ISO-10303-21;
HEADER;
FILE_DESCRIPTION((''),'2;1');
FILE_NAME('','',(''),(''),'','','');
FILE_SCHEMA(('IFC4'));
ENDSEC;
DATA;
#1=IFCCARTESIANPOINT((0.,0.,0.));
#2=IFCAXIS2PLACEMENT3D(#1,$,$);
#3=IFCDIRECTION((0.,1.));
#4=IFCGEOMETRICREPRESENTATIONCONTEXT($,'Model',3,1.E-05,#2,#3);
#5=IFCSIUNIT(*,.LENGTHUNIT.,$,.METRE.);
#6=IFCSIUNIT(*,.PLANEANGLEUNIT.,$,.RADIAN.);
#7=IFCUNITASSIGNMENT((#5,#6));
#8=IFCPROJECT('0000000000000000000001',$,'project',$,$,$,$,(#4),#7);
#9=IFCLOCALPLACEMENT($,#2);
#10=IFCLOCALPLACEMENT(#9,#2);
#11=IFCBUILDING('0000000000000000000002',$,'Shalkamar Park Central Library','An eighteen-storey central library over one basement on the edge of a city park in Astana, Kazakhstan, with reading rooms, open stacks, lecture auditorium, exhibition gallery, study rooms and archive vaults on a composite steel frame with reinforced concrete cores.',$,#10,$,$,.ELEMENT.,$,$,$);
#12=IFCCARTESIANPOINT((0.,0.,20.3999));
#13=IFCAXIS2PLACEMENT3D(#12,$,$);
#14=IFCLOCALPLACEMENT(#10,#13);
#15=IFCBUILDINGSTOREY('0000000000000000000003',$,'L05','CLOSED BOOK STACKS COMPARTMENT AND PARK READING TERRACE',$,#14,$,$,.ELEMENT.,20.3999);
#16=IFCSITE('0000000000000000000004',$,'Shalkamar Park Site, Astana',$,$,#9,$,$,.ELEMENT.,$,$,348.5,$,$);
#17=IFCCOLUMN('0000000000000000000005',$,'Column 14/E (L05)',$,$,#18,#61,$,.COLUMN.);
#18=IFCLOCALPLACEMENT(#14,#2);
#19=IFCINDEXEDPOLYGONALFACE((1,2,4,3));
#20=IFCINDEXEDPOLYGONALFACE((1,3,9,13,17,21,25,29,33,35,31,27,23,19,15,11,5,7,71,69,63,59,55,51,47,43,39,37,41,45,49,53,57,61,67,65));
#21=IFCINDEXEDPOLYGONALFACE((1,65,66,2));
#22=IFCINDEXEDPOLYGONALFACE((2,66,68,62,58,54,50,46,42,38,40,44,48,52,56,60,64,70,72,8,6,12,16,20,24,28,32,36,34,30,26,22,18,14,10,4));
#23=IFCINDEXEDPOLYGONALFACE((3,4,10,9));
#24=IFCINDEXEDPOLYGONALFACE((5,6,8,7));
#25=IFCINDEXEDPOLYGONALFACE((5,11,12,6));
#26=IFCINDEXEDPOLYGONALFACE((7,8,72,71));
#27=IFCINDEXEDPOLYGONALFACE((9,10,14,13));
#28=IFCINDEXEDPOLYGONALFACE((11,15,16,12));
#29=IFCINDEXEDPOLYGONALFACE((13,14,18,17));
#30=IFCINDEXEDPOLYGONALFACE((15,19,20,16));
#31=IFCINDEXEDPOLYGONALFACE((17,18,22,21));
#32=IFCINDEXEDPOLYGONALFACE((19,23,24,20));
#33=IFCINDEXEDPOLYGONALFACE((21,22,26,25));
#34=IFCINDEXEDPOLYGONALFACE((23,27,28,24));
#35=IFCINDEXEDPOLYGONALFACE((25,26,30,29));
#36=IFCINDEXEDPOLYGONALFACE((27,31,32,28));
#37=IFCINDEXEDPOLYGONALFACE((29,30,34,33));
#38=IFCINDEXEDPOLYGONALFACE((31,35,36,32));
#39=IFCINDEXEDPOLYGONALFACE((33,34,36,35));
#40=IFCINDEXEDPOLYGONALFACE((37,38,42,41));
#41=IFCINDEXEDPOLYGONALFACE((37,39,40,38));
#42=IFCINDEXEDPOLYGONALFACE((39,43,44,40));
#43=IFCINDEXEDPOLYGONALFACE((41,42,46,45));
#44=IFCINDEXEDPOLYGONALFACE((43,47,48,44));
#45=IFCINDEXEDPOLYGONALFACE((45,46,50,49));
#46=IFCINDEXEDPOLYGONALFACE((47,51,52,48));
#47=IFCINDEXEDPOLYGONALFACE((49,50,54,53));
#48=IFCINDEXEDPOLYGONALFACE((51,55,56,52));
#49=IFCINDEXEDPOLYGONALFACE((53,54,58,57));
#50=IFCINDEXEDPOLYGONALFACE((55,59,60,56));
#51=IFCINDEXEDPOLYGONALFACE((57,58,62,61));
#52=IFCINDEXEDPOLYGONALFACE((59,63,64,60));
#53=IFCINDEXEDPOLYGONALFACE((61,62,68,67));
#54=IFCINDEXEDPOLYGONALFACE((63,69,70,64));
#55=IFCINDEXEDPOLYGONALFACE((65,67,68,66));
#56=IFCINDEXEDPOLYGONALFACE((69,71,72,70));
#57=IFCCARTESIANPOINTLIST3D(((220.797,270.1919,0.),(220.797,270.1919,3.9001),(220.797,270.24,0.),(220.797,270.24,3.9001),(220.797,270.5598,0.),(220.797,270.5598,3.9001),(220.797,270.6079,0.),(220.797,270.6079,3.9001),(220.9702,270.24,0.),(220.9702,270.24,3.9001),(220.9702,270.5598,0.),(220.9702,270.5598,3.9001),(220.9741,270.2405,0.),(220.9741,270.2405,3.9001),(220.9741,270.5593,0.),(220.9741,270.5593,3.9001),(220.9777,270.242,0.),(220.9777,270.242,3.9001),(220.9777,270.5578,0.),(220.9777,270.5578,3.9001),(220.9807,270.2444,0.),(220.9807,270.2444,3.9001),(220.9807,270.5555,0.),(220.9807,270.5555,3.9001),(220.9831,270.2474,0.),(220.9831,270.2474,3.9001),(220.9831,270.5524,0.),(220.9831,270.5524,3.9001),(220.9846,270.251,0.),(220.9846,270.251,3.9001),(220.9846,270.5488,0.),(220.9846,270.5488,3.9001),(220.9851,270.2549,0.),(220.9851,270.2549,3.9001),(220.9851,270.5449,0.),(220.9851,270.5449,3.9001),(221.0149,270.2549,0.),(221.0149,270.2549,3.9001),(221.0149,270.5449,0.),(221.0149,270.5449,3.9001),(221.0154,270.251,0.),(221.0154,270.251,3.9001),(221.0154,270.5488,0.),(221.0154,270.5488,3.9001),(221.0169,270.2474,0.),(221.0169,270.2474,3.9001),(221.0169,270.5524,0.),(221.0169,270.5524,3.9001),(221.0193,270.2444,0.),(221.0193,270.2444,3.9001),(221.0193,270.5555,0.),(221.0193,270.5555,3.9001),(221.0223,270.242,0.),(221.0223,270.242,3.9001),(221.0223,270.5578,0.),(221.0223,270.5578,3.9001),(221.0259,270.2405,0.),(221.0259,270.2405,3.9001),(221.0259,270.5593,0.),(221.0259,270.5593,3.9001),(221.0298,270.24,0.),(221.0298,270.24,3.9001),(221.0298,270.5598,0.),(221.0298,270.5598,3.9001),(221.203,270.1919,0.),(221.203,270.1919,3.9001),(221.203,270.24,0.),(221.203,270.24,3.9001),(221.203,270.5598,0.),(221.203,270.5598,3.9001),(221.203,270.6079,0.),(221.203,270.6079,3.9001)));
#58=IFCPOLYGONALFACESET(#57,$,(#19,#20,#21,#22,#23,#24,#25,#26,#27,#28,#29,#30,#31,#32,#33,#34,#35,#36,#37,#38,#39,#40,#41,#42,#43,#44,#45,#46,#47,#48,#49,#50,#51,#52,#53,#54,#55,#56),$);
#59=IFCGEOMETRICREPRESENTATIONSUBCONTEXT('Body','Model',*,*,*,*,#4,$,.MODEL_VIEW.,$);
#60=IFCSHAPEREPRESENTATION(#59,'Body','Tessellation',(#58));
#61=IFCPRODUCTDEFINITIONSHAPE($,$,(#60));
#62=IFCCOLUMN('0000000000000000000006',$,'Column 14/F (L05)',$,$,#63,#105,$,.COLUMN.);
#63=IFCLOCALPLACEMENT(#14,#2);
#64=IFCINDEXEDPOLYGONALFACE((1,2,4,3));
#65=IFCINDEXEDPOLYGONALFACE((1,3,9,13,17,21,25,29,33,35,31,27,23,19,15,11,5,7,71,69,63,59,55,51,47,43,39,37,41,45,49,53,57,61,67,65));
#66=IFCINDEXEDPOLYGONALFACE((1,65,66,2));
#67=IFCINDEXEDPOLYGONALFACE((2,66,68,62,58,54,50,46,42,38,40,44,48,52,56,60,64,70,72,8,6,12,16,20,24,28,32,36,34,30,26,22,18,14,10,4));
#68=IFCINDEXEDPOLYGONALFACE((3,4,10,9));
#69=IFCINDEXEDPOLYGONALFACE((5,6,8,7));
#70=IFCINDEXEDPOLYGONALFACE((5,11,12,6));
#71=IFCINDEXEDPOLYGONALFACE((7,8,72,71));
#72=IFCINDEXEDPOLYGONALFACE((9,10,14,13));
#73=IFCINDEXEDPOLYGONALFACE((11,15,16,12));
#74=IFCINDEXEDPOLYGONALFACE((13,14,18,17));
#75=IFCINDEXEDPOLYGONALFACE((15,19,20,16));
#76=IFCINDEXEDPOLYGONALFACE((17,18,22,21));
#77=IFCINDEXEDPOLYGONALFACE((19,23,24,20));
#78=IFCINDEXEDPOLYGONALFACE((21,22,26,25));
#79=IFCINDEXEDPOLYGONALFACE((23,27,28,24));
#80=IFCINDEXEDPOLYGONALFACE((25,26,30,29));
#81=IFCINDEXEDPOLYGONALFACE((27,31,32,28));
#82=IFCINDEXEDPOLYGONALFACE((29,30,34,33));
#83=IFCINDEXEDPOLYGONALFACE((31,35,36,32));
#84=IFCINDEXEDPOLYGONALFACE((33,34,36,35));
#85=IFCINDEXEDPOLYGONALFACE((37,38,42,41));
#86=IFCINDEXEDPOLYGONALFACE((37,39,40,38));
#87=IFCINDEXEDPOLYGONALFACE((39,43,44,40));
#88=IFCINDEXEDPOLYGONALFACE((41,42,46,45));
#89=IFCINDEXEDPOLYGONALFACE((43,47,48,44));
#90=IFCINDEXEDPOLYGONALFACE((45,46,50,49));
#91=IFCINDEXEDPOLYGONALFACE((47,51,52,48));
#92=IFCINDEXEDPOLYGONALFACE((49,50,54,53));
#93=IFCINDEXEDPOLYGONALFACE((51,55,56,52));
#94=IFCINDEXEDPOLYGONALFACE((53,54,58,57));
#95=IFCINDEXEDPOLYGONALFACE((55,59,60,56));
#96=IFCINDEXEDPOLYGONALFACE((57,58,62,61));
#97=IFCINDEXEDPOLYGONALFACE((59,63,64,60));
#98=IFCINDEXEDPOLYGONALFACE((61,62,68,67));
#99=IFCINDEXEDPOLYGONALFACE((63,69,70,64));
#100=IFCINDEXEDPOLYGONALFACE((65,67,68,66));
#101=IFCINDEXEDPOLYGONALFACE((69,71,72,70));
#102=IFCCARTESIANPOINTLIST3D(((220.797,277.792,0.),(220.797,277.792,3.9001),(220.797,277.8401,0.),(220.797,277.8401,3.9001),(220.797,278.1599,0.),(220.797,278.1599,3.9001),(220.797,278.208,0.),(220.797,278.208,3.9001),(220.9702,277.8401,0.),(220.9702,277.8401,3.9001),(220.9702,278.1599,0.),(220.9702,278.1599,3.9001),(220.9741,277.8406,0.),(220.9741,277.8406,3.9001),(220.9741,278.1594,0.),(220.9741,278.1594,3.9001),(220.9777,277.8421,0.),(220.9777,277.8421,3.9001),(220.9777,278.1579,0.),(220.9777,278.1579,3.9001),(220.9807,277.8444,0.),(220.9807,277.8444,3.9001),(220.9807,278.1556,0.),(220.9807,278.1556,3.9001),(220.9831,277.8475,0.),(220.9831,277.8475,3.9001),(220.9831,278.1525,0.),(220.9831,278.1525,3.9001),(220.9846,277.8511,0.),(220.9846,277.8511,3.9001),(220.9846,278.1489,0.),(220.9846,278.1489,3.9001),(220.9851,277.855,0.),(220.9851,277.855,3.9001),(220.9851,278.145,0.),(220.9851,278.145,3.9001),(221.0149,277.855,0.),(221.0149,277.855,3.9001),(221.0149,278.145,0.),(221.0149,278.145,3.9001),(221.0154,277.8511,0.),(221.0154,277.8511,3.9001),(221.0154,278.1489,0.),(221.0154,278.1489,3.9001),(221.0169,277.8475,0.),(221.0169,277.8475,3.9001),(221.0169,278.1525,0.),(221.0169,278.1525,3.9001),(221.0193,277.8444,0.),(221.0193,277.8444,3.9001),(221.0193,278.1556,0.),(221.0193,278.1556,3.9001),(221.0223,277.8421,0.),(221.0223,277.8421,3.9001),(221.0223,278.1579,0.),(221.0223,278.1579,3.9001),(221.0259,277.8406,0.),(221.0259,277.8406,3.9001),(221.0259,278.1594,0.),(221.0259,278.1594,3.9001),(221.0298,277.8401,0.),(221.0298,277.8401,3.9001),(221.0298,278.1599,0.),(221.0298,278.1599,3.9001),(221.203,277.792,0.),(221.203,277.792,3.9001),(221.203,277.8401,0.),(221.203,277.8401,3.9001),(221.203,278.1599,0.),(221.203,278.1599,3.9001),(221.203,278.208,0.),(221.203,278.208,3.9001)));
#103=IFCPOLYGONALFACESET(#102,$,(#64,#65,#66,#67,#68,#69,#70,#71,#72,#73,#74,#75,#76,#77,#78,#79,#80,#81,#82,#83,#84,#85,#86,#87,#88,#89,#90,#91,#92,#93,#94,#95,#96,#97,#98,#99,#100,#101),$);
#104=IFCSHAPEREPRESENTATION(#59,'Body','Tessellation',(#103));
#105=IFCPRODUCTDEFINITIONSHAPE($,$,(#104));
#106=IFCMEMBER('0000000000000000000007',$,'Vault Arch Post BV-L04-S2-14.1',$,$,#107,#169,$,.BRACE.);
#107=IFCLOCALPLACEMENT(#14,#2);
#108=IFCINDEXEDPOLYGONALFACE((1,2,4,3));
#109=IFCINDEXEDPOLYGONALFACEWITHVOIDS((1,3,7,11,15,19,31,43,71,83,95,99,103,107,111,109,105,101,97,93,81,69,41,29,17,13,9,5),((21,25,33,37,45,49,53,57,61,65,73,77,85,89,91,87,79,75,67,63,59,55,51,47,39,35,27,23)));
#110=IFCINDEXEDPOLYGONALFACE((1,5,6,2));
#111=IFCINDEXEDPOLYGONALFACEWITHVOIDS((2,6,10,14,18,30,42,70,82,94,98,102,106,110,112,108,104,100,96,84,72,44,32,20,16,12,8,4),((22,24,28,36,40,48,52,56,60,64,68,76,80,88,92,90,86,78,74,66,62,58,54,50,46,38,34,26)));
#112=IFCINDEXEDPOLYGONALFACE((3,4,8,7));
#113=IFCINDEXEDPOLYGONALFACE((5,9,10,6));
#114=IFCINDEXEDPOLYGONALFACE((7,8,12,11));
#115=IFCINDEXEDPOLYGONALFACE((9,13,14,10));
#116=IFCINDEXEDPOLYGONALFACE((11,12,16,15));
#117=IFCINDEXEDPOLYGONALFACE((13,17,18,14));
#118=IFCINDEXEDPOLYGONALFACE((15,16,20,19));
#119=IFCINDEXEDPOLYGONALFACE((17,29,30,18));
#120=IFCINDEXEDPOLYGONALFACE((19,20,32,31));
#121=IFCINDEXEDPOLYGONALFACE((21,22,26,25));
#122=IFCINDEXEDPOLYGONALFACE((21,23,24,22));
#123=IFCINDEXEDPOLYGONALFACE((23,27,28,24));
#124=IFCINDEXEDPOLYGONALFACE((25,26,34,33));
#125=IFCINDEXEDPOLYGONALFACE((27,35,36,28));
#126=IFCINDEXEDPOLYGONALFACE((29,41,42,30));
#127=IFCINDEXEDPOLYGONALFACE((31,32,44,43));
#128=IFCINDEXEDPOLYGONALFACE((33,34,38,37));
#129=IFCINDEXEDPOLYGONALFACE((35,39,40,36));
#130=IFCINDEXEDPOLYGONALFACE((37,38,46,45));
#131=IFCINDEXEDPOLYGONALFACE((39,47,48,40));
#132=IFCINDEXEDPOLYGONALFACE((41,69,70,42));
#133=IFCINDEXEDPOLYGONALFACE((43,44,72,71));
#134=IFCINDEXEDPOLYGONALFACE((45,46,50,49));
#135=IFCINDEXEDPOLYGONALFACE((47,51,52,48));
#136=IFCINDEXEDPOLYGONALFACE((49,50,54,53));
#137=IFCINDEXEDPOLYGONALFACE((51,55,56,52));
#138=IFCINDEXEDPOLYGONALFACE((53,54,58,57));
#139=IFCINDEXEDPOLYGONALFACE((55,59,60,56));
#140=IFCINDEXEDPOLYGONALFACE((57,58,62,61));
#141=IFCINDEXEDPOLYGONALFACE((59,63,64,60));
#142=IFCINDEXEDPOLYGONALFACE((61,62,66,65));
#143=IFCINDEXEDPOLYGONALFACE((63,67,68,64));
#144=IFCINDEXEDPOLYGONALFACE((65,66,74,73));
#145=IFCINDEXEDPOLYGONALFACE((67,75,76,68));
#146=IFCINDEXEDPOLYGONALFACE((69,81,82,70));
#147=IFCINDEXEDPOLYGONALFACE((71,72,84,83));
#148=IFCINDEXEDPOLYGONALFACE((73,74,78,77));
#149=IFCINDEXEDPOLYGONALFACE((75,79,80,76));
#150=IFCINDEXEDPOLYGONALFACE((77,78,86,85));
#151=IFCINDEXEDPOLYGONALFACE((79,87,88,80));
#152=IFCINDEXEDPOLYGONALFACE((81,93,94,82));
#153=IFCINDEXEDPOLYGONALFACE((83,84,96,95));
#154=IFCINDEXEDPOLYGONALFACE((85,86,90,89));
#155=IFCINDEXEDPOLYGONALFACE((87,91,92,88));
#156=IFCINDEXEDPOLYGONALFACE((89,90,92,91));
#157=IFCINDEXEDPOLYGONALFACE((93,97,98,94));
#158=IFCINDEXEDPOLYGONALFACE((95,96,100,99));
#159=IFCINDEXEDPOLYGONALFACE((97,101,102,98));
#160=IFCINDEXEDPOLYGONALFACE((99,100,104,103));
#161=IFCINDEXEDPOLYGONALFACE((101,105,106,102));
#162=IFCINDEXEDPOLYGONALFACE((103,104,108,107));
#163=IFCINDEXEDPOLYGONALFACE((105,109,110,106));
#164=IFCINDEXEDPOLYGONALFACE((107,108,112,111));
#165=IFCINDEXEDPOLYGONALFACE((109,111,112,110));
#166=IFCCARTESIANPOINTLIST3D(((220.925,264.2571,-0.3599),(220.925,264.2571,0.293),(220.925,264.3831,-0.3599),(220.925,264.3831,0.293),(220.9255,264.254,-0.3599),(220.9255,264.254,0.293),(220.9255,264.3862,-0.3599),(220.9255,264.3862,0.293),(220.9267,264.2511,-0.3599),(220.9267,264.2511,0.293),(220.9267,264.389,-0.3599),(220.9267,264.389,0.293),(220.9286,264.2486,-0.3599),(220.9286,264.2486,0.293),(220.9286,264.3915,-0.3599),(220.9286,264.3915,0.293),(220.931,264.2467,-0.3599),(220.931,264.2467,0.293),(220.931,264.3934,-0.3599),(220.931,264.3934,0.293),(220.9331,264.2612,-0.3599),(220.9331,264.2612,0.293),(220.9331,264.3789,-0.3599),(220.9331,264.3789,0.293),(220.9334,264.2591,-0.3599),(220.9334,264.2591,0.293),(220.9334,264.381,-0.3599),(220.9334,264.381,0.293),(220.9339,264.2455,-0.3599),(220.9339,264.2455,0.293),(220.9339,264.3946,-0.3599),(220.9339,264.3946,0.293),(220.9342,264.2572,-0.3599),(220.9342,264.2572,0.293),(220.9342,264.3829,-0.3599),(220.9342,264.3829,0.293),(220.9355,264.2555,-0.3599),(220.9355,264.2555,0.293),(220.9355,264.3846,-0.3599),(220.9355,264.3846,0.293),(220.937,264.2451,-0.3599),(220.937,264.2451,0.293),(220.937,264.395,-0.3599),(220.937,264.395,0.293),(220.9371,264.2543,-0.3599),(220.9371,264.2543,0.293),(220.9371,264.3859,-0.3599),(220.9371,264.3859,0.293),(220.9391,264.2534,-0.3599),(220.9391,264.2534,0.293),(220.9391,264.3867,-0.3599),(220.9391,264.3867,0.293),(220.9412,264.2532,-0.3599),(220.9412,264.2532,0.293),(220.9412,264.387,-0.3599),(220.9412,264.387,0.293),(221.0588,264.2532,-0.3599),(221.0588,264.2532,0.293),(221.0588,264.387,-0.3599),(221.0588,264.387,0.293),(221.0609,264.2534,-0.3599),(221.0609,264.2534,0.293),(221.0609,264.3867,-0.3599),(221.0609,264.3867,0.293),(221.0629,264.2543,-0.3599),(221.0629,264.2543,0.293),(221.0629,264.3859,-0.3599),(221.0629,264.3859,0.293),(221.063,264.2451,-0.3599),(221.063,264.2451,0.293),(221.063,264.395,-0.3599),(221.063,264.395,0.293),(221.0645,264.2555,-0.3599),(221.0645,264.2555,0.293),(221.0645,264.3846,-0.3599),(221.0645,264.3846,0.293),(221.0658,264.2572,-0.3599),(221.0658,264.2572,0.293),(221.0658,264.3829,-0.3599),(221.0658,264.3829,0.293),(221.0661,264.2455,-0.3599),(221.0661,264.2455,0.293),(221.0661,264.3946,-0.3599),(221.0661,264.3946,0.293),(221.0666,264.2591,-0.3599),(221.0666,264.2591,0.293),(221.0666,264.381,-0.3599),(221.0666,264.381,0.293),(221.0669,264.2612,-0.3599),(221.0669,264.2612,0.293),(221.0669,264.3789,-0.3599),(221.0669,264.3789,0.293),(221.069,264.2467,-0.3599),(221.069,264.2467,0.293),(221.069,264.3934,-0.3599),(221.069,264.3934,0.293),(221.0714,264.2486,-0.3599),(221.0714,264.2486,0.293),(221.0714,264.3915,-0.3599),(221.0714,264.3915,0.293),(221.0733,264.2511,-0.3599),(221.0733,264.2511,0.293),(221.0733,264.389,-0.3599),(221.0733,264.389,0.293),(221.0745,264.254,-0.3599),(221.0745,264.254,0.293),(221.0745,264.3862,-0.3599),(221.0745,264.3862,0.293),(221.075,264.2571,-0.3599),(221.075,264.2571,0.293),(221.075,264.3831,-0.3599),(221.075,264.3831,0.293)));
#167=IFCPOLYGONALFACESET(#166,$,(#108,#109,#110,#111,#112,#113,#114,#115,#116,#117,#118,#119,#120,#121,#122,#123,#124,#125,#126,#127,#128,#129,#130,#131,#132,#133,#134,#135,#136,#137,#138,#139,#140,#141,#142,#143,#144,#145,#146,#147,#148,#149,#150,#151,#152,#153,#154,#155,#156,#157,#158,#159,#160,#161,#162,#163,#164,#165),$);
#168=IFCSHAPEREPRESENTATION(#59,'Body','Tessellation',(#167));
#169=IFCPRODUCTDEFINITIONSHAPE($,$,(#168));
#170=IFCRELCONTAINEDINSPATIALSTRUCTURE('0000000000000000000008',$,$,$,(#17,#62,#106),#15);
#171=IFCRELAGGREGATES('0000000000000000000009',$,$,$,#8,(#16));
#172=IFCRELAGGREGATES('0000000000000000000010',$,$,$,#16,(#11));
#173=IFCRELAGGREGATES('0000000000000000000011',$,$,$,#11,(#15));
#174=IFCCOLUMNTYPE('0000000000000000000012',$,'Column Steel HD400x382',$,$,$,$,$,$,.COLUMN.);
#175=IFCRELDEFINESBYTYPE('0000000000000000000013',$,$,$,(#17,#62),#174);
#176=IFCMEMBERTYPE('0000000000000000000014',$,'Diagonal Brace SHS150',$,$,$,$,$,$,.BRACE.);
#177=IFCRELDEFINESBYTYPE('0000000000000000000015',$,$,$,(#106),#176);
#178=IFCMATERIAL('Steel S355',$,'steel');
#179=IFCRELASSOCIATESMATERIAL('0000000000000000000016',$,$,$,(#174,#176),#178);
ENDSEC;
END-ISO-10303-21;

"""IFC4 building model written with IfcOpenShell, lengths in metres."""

from ifc_helpers import new_model, si_unit, direction, frame, origin, origin_2d, place, context, subcontext, project, spatial, hollow_rectangle, i_section, extrude, material, material_profile, profile_set, type_object, element, save


model = new_model("IFC4")

# Units and contexts
model_context = context("Model", 3, precision=1e-05, world=origin(), true_north=direction((0.0, 1.0)))
body_context = subcontext(model_context, "Body", "Model", "MODEL_VIEW")
ifc_project = project(units=[si_unit("LENGTHUNIT", "METRE"), si_unit("PLANEANGLEUNIT", "RADIAN")], contexts=[model_context])

# Site, building, storey
site_placement = place(None, origin())
site = spatial("IfcSite", under=ifc_project, at=site_placement, Name="Shalkamar Park Site, Astana", CompositionType="ELEMENT", RefElevation=348.5)
building_placement = place(site_placement, origin())
building = spatial("IfcBuilding", under=site, at=building_placement, Name="Shalkamar Park Central Library", Description="An eighteen-storey central library over one basement on the edge of a city park in Astana, Kazakhstan, with reading rooms, open stacks, lecture auditorium, exhibition gallery, study rooms and archive vaults on a composite steel frame with reinforced concrete cores.", CompositionType="ELEMENT")
storey_placement = place(building_placement, frame((0.0, 0.0, 20.3999)))
storey = spatial("IfcBuildingStorey", under=building, at=storey_placement, Name="L05", Description="CLOSED BOOK STACKS COMPARTMENT AND PARK READING TERRACE", CompositionType="ELEMENT", Elevation=20.3999)

# Columns
ifc_material_1 = material(Name="Steel S355", Category="steel")
ifc_material_profile_1 = material_profile(ifc_material_1, i_section(OverallWidth=0.406, OverallDepth=0.416, WebThickness=0.0298, FlangeThickness=0.0481, FilletRadius=0.0149, at=origin_2d()), Name="HD 400x382")
ifc_profile_set_1 = profile_set([ifc_material_profile_1], Name="Steel S355")
column_type = type_object("IfcColumnType", Name="Column Steel HD400x382", PredefinedType="COLUMN", material=ifc_profile_set_1)
for number, where, z_axis, x_axis, name in (
    (1, (221.0, 270.3999, 0.0), (0.0, 0.0, 1.0), (1.0, 0.0, 0.0), "Column 14/E (L05)"),
    (2, (221.0, 278.0, 0.0), (0.0, 0.0, 1.0), (1.0, 0.0, 0.0), "Column 14/F (L05)"),
):
    element("IfcColumn", number, at=place(storey_placement, frame(where, z_axis=z_axis, x_axis=x_axis)), inside=storey, type_object=column_type, Name=name, PredefinedType="COLUMN", context=body_context, shape_type="SweptSolid", body=[
        extrude(i_section(OverallWidth=0.406, OverallDepth=0.416, WebThickness=0.0298, FlangeThickness=0.0481, FilletRadius=0.0149, at=origin_2d()), origin(), (0.0, 0.0, 1.0), 3.9001),
    ])

# Member
ifc_material_profile_2 = material_profile(ifc_material_1, hollow_rectangle(XDim=0.1499, YDim=0.1499, WallThickness=0.0081, InnerFilletRadius=0.0081, OuterFilletRadius=0.012, at=origin_2d()), Name="SHS 150x150x8")
ifc_profile_set_2 = profile_set([ifc_material_profile_2], Name="Steel S355")
member_type_1 = type_object("IfcMemberType", Name="Diagonal Brace SHS150", PredefinedType="BRACE", material=ifc_profile_set_2)
member_1_placement = place(storey_placement, frame((221.0, 264.3201, -0.3599), z_axis=(0.0, 0.0, 1.0), x_axis=(1.0, 0.0, 0.0)))
element("IfcMember", 3, at=member_1_placement, inside=storey, type_object=member_type_1, Name="Vault Arch Post BV-L04-S2-14.1", PredefinedType="BRACE", context=body_context, shape_type="SweptSolid", body=[
    extrude(hollow_rectangle(XDim=0.1499, YDim=0.1499, WallThickness=0.0081, InnerFilletRadius=0.0081, OuterFilletRadius=0.012, at=origin_2d()), origin(), (0.0, 0.0, 1.0), 0.6528),
])

save(model, "model.ifc")
